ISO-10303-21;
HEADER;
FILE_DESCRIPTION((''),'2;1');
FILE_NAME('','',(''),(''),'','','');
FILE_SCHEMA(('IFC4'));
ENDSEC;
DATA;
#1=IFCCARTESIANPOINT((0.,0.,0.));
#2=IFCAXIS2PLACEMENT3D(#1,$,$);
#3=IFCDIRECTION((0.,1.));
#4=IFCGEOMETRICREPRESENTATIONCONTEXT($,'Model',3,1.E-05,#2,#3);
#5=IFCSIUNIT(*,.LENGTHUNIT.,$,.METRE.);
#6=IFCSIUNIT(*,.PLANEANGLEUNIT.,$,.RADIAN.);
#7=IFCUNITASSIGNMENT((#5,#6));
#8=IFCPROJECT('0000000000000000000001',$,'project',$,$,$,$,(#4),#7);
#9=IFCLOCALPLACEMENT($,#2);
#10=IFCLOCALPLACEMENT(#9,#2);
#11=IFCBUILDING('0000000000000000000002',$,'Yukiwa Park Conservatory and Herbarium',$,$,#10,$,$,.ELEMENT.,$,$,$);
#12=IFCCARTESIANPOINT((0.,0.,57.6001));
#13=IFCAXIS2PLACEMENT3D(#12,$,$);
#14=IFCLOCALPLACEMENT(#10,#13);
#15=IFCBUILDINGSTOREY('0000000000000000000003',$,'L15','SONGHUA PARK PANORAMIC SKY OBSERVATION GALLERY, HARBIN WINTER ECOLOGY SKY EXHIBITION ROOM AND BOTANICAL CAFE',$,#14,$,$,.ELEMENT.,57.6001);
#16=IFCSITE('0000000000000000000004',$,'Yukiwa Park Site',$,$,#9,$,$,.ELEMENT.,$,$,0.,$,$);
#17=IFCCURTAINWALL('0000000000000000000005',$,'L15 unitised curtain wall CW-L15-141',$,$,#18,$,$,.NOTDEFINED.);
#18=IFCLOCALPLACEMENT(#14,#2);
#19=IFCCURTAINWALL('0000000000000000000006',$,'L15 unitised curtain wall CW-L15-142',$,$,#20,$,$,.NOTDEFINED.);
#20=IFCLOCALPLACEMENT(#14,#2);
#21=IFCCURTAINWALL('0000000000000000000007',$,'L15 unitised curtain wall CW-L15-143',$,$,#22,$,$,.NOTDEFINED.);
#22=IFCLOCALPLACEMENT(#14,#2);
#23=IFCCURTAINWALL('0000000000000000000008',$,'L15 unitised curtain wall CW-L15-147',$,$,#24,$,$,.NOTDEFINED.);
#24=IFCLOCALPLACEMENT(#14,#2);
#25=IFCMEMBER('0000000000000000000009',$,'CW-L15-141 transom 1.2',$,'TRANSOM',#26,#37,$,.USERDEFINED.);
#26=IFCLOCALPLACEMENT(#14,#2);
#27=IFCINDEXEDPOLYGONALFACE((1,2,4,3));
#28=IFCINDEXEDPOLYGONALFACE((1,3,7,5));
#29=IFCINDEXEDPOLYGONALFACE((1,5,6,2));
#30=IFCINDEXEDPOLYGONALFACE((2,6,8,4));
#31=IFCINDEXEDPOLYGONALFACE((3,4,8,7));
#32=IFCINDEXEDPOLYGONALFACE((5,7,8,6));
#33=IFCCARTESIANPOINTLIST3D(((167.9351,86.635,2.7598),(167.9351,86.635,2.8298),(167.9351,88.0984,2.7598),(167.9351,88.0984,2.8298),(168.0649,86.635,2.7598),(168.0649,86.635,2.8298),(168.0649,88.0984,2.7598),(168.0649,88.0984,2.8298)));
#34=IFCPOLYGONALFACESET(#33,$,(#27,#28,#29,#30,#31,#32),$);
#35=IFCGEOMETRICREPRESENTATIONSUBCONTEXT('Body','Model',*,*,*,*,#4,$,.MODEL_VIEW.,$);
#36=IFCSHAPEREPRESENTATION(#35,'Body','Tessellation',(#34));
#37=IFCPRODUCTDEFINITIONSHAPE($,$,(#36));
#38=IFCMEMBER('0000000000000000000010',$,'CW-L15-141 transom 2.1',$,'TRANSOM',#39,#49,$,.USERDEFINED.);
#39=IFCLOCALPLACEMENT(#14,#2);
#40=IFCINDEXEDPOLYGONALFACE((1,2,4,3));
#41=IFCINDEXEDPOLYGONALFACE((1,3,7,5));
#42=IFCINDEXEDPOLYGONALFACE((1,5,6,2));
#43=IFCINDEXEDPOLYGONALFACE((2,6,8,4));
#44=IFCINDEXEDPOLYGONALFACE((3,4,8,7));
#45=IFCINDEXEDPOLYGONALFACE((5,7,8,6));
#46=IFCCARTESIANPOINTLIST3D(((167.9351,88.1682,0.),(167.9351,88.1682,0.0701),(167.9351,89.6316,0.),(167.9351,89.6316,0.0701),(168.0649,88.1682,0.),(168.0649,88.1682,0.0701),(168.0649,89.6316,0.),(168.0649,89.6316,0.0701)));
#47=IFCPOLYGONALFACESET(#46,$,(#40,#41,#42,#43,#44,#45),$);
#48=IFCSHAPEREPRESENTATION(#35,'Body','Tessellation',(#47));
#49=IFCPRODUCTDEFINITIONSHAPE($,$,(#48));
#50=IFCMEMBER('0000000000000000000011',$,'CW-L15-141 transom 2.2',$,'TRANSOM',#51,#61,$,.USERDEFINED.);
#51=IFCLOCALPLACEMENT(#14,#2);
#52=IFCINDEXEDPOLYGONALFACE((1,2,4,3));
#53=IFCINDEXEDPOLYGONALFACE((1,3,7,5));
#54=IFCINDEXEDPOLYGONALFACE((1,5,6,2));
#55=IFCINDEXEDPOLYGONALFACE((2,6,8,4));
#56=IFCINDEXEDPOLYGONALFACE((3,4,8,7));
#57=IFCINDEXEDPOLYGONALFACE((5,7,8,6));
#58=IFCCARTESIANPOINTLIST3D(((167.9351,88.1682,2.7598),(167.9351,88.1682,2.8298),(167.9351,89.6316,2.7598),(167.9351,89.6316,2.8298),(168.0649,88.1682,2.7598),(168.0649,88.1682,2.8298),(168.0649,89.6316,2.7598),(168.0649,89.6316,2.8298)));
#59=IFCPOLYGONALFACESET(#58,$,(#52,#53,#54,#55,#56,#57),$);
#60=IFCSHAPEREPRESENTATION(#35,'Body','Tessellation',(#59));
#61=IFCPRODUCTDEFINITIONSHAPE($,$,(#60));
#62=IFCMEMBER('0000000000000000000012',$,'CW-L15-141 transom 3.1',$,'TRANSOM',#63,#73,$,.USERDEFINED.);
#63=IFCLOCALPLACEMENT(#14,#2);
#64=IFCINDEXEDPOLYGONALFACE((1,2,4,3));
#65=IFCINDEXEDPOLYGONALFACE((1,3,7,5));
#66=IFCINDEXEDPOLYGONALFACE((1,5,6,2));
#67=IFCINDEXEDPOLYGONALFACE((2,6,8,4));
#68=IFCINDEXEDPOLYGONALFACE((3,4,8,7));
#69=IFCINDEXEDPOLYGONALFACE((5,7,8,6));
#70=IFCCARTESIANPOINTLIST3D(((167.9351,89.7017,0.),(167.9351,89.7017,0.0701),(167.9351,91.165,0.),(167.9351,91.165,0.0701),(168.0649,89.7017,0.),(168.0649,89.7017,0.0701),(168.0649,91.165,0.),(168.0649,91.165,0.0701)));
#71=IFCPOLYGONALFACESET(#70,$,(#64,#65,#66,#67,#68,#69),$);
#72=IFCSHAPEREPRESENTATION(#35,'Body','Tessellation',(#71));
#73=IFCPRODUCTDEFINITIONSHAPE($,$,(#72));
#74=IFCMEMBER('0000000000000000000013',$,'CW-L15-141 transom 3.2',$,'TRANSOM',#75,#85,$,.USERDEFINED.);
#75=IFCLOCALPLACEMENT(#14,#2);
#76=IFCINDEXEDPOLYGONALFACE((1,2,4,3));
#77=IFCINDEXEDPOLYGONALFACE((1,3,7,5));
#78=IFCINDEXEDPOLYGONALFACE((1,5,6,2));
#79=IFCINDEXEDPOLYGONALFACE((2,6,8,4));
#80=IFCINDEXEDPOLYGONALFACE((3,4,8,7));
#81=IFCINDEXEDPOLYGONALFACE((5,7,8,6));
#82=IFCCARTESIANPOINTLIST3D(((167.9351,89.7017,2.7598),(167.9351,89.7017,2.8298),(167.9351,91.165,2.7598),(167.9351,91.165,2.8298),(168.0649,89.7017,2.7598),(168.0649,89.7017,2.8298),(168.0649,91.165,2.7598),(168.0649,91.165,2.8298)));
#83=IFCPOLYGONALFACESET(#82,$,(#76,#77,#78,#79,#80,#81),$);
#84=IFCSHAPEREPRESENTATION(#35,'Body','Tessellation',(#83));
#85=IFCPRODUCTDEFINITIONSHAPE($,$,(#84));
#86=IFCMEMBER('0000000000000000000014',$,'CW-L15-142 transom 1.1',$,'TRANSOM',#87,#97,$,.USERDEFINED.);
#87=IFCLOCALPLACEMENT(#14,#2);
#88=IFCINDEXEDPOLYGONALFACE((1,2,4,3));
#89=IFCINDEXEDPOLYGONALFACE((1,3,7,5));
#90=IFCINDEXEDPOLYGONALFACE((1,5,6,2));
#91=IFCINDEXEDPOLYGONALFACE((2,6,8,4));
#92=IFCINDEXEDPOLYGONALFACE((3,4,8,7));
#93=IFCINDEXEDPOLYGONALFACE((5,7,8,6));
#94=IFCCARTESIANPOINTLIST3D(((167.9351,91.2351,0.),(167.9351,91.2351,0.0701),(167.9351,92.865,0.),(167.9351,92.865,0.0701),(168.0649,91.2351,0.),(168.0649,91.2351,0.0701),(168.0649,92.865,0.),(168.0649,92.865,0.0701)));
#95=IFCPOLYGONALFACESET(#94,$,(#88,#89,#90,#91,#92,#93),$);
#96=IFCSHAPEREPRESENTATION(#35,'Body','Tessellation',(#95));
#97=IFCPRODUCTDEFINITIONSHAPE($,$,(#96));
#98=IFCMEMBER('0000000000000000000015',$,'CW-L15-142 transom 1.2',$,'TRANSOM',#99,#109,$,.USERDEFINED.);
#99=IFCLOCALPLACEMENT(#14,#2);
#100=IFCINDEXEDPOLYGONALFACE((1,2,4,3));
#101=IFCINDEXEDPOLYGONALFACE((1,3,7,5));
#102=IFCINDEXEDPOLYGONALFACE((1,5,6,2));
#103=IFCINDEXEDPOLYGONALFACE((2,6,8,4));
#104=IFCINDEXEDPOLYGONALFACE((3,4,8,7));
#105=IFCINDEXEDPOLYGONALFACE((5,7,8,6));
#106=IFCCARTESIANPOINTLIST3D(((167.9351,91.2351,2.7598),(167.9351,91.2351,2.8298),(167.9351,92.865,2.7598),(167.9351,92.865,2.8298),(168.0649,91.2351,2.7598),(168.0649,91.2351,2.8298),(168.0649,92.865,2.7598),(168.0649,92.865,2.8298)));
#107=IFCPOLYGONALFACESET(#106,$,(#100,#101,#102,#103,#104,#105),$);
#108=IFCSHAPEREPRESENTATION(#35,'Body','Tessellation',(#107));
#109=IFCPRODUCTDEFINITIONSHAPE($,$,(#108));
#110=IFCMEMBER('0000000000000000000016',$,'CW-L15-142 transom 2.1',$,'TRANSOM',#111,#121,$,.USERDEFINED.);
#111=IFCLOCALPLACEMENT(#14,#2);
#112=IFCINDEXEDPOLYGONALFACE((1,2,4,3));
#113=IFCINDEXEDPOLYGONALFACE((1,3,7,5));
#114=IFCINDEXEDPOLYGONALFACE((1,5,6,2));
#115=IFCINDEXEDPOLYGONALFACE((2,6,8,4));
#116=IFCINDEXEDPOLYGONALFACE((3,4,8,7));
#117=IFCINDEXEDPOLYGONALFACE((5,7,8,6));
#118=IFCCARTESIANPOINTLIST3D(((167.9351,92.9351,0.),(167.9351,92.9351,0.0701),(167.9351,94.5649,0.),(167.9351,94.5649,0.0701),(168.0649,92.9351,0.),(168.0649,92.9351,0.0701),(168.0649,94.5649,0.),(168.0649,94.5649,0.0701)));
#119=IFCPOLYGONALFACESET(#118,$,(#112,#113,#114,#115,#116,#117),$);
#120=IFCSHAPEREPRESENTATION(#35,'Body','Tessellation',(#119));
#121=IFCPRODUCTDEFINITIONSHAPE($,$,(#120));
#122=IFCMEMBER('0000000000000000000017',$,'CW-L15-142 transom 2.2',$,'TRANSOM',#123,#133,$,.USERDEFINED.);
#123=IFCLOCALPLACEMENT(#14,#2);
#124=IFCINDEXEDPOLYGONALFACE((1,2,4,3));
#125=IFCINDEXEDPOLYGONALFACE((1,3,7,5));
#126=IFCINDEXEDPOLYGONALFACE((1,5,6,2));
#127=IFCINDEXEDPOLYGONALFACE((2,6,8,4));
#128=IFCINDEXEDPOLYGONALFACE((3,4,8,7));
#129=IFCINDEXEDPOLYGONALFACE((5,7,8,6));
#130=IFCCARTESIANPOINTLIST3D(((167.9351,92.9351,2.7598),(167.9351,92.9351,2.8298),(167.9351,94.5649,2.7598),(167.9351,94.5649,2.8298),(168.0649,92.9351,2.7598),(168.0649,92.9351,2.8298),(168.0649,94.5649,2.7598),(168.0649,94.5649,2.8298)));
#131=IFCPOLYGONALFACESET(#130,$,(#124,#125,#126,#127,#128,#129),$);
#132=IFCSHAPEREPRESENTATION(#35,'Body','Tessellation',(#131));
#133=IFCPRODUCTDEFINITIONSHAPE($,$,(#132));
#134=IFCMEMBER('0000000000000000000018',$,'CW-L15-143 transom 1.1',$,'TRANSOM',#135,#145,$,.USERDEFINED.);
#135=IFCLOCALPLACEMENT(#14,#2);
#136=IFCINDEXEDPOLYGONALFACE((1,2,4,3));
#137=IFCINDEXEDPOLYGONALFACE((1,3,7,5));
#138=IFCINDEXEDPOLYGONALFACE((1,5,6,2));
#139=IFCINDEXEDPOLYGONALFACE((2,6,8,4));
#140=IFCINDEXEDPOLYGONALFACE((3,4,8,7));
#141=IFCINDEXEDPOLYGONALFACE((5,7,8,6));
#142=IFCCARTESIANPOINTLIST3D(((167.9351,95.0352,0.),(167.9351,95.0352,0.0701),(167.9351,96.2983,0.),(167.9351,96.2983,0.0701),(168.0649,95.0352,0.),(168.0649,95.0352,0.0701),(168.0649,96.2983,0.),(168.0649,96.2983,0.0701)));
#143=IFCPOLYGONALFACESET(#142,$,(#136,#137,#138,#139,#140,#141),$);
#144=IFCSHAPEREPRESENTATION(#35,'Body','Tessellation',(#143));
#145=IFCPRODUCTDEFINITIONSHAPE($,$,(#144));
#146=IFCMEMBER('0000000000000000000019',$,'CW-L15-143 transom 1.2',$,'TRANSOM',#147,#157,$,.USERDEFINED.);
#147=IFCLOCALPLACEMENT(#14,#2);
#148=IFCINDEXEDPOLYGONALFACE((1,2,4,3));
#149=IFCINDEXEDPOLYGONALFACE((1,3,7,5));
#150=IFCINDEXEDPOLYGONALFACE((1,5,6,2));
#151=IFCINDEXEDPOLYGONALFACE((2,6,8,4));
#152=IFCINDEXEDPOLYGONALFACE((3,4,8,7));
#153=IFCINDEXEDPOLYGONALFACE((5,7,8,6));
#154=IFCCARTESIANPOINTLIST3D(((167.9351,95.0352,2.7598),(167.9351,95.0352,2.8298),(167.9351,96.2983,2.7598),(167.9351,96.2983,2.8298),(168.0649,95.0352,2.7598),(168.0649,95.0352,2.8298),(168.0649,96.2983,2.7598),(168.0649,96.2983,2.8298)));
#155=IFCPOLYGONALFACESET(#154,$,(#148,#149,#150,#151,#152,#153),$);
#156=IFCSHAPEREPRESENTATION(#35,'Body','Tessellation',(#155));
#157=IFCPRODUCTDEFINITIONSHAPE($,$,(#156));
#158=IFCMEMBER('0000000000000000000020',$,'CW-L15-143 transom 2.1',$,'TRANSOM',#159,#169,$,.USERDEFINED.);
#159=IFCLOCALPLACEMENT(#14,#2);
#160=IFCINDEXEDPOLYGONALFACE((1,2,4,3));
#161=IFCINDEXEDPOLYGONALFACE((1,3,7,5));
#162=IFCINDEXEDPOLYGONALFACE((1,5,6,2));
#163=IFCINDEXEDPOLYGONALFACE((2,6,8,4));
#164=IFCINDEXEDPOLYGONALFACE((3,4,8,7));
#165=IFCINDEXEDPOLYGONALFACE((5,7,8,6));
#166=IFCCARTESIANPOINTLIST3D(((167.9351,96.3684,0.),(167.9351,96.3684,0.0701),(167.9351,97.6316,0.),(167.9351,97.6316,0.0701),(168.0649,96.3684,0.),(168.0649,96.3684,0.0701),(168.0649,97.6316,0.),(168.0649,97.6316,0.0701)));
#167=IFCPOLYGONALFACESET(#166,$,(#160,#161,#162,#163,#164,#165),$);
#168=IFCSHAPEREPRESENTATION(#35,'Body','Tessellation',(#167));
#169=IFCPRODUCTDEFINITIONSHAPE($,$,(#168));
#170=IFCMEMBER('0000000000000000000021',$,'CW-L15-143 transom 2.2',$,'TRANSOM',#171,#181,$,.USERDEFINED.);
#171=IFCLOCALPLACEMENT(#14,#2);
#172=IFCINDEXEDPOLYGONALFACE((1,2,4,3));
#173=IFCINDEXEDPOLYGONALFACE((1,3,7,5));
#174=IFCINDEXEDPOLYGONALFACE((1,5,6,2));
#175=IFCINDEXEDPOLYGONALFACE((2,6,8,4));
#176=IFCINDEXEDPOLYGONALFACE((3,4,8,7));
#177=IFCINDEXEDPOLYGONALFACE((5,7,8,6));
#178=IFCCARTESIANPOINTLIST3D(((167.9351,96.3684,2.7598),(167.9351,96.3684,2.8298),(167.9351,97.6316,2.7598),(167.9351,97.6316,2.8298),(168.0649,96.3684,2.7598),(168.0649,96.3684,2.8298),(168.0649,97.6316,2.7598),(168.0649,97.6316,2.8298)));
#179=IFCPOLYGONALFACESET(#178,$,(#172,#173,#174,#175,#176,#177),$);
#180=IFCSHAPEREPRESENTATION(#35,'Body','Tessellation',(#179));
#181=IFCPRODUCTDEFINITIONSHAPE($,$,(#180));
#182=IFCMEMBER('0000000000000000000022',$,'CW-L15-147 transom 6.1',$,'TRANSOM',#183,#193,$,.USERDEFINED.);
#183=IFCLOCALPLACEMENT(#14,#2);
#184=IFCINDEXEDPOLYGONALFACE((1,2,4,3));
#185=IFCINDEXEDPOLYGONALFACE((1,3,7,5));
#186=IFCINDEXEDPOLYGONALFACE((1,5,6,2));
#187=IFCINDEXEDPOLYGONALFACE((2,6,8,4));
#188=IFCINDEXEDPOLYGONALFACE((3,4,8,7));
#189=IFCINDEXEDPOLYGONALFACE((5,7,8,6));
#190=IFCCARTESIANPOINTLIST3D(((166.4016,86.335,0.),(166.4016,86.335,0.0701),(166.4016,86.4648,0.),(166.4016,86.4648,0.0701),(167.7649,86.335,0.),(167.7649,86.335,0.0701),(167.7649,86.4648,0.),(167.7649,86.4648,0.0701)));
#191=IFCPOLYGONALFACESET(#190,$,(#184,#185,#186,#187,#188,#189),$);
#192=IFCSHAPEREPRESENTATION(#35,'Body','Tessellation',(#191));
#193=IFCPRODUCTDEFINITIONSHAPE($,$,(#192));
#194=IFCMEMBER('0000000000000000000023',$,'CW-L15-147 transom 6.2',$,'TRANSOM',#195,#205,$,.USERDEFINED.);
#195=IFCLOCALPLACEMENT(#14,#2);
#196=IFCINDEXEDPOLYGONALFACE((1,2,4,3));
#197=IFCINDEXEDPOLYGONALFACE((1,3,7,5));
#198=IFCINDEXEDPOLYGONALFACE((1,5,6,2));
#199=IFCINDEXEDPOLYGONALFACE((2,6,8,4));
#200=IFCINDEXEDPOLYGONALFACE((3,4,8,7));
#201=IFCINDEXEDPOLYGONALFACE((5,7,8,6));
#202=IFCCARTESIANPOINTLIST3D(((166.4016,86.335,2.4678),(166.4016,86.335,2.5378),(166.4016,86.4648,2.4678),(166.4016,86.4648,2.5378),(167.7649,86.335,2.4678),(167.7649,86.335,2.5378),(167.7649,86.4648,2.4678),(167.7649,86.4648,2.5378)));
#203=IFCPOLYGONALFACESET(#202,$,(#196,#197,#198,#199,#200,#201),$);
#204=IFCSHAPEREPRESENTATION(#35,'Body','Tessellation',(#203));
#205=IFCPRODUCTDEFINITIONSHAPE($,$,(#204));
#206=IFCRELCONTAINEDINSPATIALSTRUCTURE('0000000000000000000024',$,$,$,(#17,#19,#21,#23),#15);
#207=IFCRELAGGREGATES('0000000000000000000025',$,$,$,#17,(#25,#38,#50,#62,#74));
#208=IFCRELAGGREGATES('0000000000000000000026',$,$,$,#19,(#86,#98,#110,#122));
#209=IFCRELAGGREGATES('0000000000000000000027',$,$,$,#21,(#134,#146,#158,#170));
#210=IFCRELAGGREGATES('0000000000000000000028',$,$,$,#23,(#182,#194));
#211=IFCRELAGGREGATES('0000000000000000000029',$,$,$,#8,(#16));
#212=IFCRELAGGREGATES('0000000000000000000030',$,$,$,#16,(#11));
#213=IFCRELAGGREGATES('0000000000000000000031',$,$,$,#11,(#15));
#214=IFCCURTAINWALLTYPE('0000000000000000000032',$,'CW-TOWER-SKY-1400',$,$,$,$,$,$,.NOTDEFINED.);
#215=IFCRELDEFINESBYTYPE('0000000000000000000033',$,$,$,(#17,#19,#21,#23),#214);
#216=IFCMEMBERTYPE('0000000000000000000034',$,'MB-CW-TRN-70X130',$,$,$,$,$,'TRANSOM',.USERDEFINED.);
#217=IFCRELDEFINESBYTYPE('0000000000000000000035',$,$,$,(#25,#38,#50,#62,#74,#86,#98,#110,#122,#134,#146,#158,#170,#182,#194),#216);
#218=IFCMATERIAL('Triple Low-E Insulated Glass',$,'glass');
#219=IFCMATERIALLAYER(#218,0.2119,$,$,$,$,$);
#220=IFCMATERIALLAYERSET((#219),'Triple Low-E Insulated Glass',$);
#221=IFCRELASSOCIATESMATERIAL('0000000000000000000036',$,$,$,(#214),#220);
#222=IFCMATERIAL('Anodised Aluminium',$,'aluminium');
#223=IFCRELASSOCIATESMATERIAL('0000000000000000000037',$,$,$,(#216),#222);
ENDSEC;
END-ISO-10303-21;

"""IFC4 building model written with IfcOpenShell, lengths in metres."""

from ifc_helpers import new_model, si_unit, direction, frame, origin, origin_2d, place, context, subcontext, project, spatial, rectangle, extrude, material, layer, layer_set, type_object, element, aggregate, save


model = new_model("IFC4")

# Units and contexts
model_context = context("Model", 3, precision=1e-05, world=origin(), true_north=direction((0.0, 1.0)))
body_context = subcontext(model_context, "Body", "Model", "MODEL_VIEW")
ifc_project = project(units=[si_unit("LENGTHUNIT", "METRE"), si_unit("PLANEANGLEUNIT", "RADIAN")], contexts=[model_context])

# Site, building, storey
site_placement = place(None, origin())
site = spatial("IfcSite", under=ifc_project, at=site_placement, Name="Yukiwa Park Site", CompositionType="ELEMENT", RefElevation=0.0)
building_placement = place(site_placement, origin())
building = spatial("IfcBuilding", under=site, at=building_placement, Name="Yukiwa Park Conservatory and Herbarium", CompositionType="ELEMENT")
storey_placement = place(building_placement, frame((0.0, 0.0, 57.6001)))
storey = spatial("IfcBuildingStorey", under=building, at=storey_placement, Name="L15", Description="SONGHUA PARK PANORAMIC SKY OBSERVATION GALLERY, HARBIN WINTER ECOLOGY SKY EXHIBITION ROOM AND BOTANICAL CAFE", CompositionType="ELEMENT", Elevation=57.6001)

# Curtain walls
ifc_material_1 = material(Name="Triple Low-E Insulated Glass", Category="glass")
ifc_layer_1 = layer(ifc_material_1, 0.2119)
ifc_layer_set_1 = layer_set([ifc_layer_1], Name="Triple Low-E Insulated Glass")
curtain_wall_type = type_object("IfcCurtainWallType", Name="CW-TOWER-SKY-1400", PredefinedType="NOTDEFINED", material=ifc_layer_set_1)
curtain_wall_1_placement = place(storey_placement, origin())
curtain_wall_1 = element("IfcCurtainWall", 1, at=curtain_wall_1_placement, inside=storey, type_object=curtain_wall_type, Name="L15 unitised curtain wall CW-L15-141", PredefinedType="NOTDEFINED")
curtain_wall_2_placement = place(storey_placement, origin())
curtain_wall_2 = element("IfcCurtainWall", 2, at=curtain_wall_2_placement, inside=storey, type_object=curtain_wall_type, Name="L15 unitised curtain wall CW-L15-142", PredefinedType="NOTDEFINED")
curtain_wall_3_placement = place(storey_placement, origin())
curtain_wall_3 = element("IfcCurtainWall", 3, at=curtain_wall_3_placement, inside=storey, type_object=curtain_wall_type, Name="L15 unitised curtain wall CW-L15-143", PredefinedType="NOTDEFINED")

# Curtain wall
curtain_wall_4_placement = place(storey_placement, origin())
curtain_wall_4 = element("IfcCurtainWall", 4, at=curtain_wall_4_placement, inside=storey, type_object=curtain_wall_type, Name="L15 unitised curtain wall CW-L15-147", PredefinedType="NOTDEFINED")

# Members
ifc_material_2 = material(Name="Anodised Aluminium", Category="aluminium")
member_type_1 = type_object("IfcMemberType", Name="MB-CW-TRN-70X130", ElementType="TRANSOM", PredefinedType="USERDEFINED", material=ifc_material_2)
member_1_placement = place(storey_placement, frame((168.0, 87.3667, 2.7598), z_axis=(0.0, 0.0, 1.0), x_axis=(0.0, 1.0, 0.0)))
member_1 = element("IfcMember", 5, at=member_1_placement, type_object=member_type_1, Name="CW-L15-141 transom 1.2", ObjectType="TRANSOM", PredefinedType="USERDEFINED", context=body_context, shape_type="SweptSolid", body=[
    extrude(rectangle(XDim=1.4634, YDim=0.1299, at=origin_2d()), origin(), (0.0, 0.0, 1.0), 0.0701),
])
member_2_placement = place(storey_placement, frame((168.0, 88.8999, 0.0), z_axis=(0.0, 0.0, 1.0), x_axis=(0.0, 1.0, 0.0)))
member_2 = element("IfcMember", 6, at=member_2_placement, type_object=member_type_1, Name="CW-L15-141 transom 2.1", ObjectType="TRANSOM", PredefinedType="USERDEFINED", context=body_context, shape_type="SweptSolid", body=[
    extrude(rectangle(XDim=1.4634, YDim=0.1299, at=origin_2d()), origin(), (0.0, 0.0, 1.0), 0.0701),
])
member_3_placement = place(storey_placement, frame((168.0, 88.8999, 2.7598), z_axis=(0.0, 0.0, 1.0), x_axis=(0.0, 1.0, 0.0)))
member_3 = element("IfcMember", 7, at=member_3_placement, type_object=member_type_1, Name="CW-L15-141 transom 2.2", ObjectType="TRANSOM", PredefinedType="USERDEFINED", context=body_context, shape_type="SweptSolid", body=[
    extrude(rectangle(XDim=1.4634, YDim=0.1299, at=origin_2d()), origin(), (0.0, 0.0, 1.0), 0.0701),
])
member_4_placement = place(storey_placement, frame((168.0, 90.4333, 0.0), z_axis=(0.0, 0.0, 1.0), x_axis=(0.0, 1.0, 0.0)))
member_4 = element("IfcMember", 8, at=member_4_placement, type_object=member_type_1, Name="CW-L15-141 transom 3.1", ObjectType="TRANSOM", PredefinedType="USERDEFINED", context=body_context, shape_type="SweptSolid", body=[
    extrude(rectangle(XDim=1.4634, YDim=0.1299, at=origin_2d()), origin(), (0.0, 0.0, 1.0), 0.0701),
])
member_5_placement = place(storey_placement, frame((168.0, 90.4333, 2.7598), z_axis=(0.0, 0.0, 1.0), x_axis=(0.0, 1.0, 0.0)))
member_5 = element("IfcMember", 9, at=member_5_placement, type_object=member_type_1, Name="CW-L15-141 transom 3.2", ObjectType="TRANSOM", PredefinedType="USERDEFINED", context=body_context, shape_type="SweptSolid", body=[
    extrude(rectangle(XDim=1.4634, YDim=0.1299, at=origin_2d()), origin(), (0.0, 0.0, 1.0), 0.0701),
])
member_6_placement = place(storey_placement, frame((168.0, 92.05, 0.0), z_axis=(0.0, 0.0, 1.0), x_axis=(0.0, 1.0, 0.0)))
member_6 = element("IfcMember", 10, at=member_6_placement, type_object=member_type_1, Name="CW-L15-142 transom 1.1", ObjectType="TRANSOM", PredefinedType="USERDEFINED", context=body_context, shape_type="SweptSolid", body=[
    extrude(rectangle(XDim=1.6299, YDim=0.1299, at=origin_2d()), origin(), (0.0, 0.0, 1.0), 0.0701),
])
member_7_placement = place(storey_placement, frame((168.0, 92.05, 2.7598), z_axis=(0.0, 0.0, 1.0), x_axis=(0.0, 1.0, 0.0)))
member_7 = element("IfcMember", 11, at=member_7_placement, type_object=member_type_1, Name="CW-L15-142 transom 1.2", ObjectType="TRANSOM", PredefinedType="USERDEFINED", context=body_context, shape_type="SweptSolid", body=[
    extrude(rectangle(XDim=1.6299, YDim=0.1299, at=origin_2d()), origin(), (0.0, 0.0, 1.0), 0.0701),
])
member_8_placement = place(storey_placement, frame((168.0, 93.75, 0.0), z_axis=(0.0, 0.0, 1.0), x_axis=(0.0, 1.0, 0.0)))
member_8 = element("IfcMember", 12, at=member_8_placement, type_object=member_type_1, Name="CW-L15-142 transom 2.1", ObjectType="TRANSOM", PredefinedType="USERDEFINED", context=body_context, shape_type="SweptSolid", body=[
    extrude(rectangle(XDim=1.6299, YDim=0.1299, at=origin_2d()), origin(), (0.0, 0.0, 1.0), 0.0701),
])
member_9_placement = place(storey_placement, frame((168.0, 93.75, 2.7598), z_axis=(0.0, 0.0, 1.0), x_axis=(0.0, 1.0, 0.0)))
member_9 = element("IfcMember", 13, at=member_9_placement, type_object=member_type_1, Name="CW-L15-142 transom 2.2", ObjectType="TRANSOM", PredefinedType="USERDEFINED", context=body_context, shape_type="SweptSolid", body=[
    extrude(rectangle(XDim=1.6299, YDim=0.1299, at=origin_2d()), origin(), (0.0, 0.0, 1.0), 0.0701),
])
member_10_placement = place(storey_placement, frame((168.0, 95.6667, 0.0), z_axis=(0.0, 0.0, 1.0), x_axis=(0.0, 1.0, 0.0)))
member_10 = element("IfcMember", 14, at=member_10_placement, type_object=member_type_1, Name="CW-L15-143 transom 1.1", ObjectType="TRANSOM", PredefinedType="USERDEFINED", context=body_context, shape_type="SweptSolid", body=[
    extrude(rectangle(XDim=1.2632, YDim=0.1299, at=origin_2d()), origin(), (0.0, 0.0, 1.0), 0.0701),
])
member_11_placement = place(storey_placement, frame((168.0, 95.6667, 2.7598), z_axis=(0.0, 0.0, 1.0), x_axis=(0.0, 1.0, 0.0)))
member_11 = element("IfcMember", 15, at=member_11_placement, type_object=member_type_1, Name="CW-L15-143 transom 1.2", ObjectType="TRANSOM", PredefinedType="USERDEFINED", context=body_context, shape_type="SweptSolid", body=[
    extrude(rectangle(XDim=1.2632, YDim=0.1299, at=origin_2d()), origin(), (0.0, 0.0, 1.0), 0.0701),
])
member_12_placement = place(storey_placement, frame((168.0, 97.0, 0.0), z_axis=(0.0, 0.0, 1.0), x_axis=(0.0, 1.0, 0.0)))
member_12 = element("IfcMember", 16, at=member_12_placement, type_object=member_type_1, Name="CW-L15-143 transom 2.1", ObjectType="TRANSOM", PredefinedType="USERDEFINED", context=body_context, shape_type="SweptSolid", body=[
    extrude(rectangle(XDim=1.2632, YDim=0.1299, at=origin_2d()), origin(), (0.0, 0.0, 1.0), 0.0701),
])
member_13_placement = place(storey_placement, frame((168.0, 97.0, 2.7598), z_axis=(0.0, 0.0, 1.0), x_axis=(0.0, 1.0, 0.0)))
member_13 = element("IfcMember", 17, at=member_13_placement, type_object=member_type_1, Name="CW-L15-143 transom 2.2", ObjectType="TRANSOM", PredefinedType="USERDEFINED", context=body_context, shape_type="SweptSolid", body=[
    extrude(rectangle(XDim=1.2632, YDim=0.1299, at=origin_2d()), origin(), (0.0, 0.0, 1.0), 0.0701),
])
member_14_placement = place(storey_placement, frame((167.0833, 86.3999, 0.0), z_axis=(0.0, 0.0, 1.0), x_axis=(1.0, 0.0, 0.0)))
member_14 = element("IfcMember", 18, at=member_14_placement, type_object=member_type_1, Name="CW-L15-147 transom 6.1", ObjectType="TRANSOM", PredefinedType="USERDEFINED", context=body_context, shape_type="SweptSolid", body=[
    extrude(rectangle(XDim=1.3633, YDim=0.1299, at=origin_2d()), origin(), (0.0, 0.0, 1.0), 0.0701),
])
member_15_placement = place(storey_placement, frame((167.0833, 86.3999, 2.4678), z_axis=(0.0, 0.0, 1.0), x_axis=(1.0, 0.0, 0.0)))
member_15 = element("IfcMember", 19, at=member_15_placement, type_object=member_type_1, Name="CW-L15-147 transom 6.2", ObjectType="TRANSOM", PredefinedType="USERDEFINED", context=body_context, shape_type="SweptSolid", body=[
    extrude(rectangle(XDim=1.3633, YDim=0.1299, at=origin_2d()), origin(), (0.0, 0.0, 1.0), 0.0701),
])

aggregate(curtain_wall_1, [member_1, member_2, member_3, member_4, member_5])
aggregate(curtain_wall_2, [member_6, member_7, member_8, member_9])
aggregate(curtain_wall_3, [member_10, member_11, member_12, member_13])
aggregate(curtain_wall_4, [member_14, member_15])

save(model, "model.ifc")
